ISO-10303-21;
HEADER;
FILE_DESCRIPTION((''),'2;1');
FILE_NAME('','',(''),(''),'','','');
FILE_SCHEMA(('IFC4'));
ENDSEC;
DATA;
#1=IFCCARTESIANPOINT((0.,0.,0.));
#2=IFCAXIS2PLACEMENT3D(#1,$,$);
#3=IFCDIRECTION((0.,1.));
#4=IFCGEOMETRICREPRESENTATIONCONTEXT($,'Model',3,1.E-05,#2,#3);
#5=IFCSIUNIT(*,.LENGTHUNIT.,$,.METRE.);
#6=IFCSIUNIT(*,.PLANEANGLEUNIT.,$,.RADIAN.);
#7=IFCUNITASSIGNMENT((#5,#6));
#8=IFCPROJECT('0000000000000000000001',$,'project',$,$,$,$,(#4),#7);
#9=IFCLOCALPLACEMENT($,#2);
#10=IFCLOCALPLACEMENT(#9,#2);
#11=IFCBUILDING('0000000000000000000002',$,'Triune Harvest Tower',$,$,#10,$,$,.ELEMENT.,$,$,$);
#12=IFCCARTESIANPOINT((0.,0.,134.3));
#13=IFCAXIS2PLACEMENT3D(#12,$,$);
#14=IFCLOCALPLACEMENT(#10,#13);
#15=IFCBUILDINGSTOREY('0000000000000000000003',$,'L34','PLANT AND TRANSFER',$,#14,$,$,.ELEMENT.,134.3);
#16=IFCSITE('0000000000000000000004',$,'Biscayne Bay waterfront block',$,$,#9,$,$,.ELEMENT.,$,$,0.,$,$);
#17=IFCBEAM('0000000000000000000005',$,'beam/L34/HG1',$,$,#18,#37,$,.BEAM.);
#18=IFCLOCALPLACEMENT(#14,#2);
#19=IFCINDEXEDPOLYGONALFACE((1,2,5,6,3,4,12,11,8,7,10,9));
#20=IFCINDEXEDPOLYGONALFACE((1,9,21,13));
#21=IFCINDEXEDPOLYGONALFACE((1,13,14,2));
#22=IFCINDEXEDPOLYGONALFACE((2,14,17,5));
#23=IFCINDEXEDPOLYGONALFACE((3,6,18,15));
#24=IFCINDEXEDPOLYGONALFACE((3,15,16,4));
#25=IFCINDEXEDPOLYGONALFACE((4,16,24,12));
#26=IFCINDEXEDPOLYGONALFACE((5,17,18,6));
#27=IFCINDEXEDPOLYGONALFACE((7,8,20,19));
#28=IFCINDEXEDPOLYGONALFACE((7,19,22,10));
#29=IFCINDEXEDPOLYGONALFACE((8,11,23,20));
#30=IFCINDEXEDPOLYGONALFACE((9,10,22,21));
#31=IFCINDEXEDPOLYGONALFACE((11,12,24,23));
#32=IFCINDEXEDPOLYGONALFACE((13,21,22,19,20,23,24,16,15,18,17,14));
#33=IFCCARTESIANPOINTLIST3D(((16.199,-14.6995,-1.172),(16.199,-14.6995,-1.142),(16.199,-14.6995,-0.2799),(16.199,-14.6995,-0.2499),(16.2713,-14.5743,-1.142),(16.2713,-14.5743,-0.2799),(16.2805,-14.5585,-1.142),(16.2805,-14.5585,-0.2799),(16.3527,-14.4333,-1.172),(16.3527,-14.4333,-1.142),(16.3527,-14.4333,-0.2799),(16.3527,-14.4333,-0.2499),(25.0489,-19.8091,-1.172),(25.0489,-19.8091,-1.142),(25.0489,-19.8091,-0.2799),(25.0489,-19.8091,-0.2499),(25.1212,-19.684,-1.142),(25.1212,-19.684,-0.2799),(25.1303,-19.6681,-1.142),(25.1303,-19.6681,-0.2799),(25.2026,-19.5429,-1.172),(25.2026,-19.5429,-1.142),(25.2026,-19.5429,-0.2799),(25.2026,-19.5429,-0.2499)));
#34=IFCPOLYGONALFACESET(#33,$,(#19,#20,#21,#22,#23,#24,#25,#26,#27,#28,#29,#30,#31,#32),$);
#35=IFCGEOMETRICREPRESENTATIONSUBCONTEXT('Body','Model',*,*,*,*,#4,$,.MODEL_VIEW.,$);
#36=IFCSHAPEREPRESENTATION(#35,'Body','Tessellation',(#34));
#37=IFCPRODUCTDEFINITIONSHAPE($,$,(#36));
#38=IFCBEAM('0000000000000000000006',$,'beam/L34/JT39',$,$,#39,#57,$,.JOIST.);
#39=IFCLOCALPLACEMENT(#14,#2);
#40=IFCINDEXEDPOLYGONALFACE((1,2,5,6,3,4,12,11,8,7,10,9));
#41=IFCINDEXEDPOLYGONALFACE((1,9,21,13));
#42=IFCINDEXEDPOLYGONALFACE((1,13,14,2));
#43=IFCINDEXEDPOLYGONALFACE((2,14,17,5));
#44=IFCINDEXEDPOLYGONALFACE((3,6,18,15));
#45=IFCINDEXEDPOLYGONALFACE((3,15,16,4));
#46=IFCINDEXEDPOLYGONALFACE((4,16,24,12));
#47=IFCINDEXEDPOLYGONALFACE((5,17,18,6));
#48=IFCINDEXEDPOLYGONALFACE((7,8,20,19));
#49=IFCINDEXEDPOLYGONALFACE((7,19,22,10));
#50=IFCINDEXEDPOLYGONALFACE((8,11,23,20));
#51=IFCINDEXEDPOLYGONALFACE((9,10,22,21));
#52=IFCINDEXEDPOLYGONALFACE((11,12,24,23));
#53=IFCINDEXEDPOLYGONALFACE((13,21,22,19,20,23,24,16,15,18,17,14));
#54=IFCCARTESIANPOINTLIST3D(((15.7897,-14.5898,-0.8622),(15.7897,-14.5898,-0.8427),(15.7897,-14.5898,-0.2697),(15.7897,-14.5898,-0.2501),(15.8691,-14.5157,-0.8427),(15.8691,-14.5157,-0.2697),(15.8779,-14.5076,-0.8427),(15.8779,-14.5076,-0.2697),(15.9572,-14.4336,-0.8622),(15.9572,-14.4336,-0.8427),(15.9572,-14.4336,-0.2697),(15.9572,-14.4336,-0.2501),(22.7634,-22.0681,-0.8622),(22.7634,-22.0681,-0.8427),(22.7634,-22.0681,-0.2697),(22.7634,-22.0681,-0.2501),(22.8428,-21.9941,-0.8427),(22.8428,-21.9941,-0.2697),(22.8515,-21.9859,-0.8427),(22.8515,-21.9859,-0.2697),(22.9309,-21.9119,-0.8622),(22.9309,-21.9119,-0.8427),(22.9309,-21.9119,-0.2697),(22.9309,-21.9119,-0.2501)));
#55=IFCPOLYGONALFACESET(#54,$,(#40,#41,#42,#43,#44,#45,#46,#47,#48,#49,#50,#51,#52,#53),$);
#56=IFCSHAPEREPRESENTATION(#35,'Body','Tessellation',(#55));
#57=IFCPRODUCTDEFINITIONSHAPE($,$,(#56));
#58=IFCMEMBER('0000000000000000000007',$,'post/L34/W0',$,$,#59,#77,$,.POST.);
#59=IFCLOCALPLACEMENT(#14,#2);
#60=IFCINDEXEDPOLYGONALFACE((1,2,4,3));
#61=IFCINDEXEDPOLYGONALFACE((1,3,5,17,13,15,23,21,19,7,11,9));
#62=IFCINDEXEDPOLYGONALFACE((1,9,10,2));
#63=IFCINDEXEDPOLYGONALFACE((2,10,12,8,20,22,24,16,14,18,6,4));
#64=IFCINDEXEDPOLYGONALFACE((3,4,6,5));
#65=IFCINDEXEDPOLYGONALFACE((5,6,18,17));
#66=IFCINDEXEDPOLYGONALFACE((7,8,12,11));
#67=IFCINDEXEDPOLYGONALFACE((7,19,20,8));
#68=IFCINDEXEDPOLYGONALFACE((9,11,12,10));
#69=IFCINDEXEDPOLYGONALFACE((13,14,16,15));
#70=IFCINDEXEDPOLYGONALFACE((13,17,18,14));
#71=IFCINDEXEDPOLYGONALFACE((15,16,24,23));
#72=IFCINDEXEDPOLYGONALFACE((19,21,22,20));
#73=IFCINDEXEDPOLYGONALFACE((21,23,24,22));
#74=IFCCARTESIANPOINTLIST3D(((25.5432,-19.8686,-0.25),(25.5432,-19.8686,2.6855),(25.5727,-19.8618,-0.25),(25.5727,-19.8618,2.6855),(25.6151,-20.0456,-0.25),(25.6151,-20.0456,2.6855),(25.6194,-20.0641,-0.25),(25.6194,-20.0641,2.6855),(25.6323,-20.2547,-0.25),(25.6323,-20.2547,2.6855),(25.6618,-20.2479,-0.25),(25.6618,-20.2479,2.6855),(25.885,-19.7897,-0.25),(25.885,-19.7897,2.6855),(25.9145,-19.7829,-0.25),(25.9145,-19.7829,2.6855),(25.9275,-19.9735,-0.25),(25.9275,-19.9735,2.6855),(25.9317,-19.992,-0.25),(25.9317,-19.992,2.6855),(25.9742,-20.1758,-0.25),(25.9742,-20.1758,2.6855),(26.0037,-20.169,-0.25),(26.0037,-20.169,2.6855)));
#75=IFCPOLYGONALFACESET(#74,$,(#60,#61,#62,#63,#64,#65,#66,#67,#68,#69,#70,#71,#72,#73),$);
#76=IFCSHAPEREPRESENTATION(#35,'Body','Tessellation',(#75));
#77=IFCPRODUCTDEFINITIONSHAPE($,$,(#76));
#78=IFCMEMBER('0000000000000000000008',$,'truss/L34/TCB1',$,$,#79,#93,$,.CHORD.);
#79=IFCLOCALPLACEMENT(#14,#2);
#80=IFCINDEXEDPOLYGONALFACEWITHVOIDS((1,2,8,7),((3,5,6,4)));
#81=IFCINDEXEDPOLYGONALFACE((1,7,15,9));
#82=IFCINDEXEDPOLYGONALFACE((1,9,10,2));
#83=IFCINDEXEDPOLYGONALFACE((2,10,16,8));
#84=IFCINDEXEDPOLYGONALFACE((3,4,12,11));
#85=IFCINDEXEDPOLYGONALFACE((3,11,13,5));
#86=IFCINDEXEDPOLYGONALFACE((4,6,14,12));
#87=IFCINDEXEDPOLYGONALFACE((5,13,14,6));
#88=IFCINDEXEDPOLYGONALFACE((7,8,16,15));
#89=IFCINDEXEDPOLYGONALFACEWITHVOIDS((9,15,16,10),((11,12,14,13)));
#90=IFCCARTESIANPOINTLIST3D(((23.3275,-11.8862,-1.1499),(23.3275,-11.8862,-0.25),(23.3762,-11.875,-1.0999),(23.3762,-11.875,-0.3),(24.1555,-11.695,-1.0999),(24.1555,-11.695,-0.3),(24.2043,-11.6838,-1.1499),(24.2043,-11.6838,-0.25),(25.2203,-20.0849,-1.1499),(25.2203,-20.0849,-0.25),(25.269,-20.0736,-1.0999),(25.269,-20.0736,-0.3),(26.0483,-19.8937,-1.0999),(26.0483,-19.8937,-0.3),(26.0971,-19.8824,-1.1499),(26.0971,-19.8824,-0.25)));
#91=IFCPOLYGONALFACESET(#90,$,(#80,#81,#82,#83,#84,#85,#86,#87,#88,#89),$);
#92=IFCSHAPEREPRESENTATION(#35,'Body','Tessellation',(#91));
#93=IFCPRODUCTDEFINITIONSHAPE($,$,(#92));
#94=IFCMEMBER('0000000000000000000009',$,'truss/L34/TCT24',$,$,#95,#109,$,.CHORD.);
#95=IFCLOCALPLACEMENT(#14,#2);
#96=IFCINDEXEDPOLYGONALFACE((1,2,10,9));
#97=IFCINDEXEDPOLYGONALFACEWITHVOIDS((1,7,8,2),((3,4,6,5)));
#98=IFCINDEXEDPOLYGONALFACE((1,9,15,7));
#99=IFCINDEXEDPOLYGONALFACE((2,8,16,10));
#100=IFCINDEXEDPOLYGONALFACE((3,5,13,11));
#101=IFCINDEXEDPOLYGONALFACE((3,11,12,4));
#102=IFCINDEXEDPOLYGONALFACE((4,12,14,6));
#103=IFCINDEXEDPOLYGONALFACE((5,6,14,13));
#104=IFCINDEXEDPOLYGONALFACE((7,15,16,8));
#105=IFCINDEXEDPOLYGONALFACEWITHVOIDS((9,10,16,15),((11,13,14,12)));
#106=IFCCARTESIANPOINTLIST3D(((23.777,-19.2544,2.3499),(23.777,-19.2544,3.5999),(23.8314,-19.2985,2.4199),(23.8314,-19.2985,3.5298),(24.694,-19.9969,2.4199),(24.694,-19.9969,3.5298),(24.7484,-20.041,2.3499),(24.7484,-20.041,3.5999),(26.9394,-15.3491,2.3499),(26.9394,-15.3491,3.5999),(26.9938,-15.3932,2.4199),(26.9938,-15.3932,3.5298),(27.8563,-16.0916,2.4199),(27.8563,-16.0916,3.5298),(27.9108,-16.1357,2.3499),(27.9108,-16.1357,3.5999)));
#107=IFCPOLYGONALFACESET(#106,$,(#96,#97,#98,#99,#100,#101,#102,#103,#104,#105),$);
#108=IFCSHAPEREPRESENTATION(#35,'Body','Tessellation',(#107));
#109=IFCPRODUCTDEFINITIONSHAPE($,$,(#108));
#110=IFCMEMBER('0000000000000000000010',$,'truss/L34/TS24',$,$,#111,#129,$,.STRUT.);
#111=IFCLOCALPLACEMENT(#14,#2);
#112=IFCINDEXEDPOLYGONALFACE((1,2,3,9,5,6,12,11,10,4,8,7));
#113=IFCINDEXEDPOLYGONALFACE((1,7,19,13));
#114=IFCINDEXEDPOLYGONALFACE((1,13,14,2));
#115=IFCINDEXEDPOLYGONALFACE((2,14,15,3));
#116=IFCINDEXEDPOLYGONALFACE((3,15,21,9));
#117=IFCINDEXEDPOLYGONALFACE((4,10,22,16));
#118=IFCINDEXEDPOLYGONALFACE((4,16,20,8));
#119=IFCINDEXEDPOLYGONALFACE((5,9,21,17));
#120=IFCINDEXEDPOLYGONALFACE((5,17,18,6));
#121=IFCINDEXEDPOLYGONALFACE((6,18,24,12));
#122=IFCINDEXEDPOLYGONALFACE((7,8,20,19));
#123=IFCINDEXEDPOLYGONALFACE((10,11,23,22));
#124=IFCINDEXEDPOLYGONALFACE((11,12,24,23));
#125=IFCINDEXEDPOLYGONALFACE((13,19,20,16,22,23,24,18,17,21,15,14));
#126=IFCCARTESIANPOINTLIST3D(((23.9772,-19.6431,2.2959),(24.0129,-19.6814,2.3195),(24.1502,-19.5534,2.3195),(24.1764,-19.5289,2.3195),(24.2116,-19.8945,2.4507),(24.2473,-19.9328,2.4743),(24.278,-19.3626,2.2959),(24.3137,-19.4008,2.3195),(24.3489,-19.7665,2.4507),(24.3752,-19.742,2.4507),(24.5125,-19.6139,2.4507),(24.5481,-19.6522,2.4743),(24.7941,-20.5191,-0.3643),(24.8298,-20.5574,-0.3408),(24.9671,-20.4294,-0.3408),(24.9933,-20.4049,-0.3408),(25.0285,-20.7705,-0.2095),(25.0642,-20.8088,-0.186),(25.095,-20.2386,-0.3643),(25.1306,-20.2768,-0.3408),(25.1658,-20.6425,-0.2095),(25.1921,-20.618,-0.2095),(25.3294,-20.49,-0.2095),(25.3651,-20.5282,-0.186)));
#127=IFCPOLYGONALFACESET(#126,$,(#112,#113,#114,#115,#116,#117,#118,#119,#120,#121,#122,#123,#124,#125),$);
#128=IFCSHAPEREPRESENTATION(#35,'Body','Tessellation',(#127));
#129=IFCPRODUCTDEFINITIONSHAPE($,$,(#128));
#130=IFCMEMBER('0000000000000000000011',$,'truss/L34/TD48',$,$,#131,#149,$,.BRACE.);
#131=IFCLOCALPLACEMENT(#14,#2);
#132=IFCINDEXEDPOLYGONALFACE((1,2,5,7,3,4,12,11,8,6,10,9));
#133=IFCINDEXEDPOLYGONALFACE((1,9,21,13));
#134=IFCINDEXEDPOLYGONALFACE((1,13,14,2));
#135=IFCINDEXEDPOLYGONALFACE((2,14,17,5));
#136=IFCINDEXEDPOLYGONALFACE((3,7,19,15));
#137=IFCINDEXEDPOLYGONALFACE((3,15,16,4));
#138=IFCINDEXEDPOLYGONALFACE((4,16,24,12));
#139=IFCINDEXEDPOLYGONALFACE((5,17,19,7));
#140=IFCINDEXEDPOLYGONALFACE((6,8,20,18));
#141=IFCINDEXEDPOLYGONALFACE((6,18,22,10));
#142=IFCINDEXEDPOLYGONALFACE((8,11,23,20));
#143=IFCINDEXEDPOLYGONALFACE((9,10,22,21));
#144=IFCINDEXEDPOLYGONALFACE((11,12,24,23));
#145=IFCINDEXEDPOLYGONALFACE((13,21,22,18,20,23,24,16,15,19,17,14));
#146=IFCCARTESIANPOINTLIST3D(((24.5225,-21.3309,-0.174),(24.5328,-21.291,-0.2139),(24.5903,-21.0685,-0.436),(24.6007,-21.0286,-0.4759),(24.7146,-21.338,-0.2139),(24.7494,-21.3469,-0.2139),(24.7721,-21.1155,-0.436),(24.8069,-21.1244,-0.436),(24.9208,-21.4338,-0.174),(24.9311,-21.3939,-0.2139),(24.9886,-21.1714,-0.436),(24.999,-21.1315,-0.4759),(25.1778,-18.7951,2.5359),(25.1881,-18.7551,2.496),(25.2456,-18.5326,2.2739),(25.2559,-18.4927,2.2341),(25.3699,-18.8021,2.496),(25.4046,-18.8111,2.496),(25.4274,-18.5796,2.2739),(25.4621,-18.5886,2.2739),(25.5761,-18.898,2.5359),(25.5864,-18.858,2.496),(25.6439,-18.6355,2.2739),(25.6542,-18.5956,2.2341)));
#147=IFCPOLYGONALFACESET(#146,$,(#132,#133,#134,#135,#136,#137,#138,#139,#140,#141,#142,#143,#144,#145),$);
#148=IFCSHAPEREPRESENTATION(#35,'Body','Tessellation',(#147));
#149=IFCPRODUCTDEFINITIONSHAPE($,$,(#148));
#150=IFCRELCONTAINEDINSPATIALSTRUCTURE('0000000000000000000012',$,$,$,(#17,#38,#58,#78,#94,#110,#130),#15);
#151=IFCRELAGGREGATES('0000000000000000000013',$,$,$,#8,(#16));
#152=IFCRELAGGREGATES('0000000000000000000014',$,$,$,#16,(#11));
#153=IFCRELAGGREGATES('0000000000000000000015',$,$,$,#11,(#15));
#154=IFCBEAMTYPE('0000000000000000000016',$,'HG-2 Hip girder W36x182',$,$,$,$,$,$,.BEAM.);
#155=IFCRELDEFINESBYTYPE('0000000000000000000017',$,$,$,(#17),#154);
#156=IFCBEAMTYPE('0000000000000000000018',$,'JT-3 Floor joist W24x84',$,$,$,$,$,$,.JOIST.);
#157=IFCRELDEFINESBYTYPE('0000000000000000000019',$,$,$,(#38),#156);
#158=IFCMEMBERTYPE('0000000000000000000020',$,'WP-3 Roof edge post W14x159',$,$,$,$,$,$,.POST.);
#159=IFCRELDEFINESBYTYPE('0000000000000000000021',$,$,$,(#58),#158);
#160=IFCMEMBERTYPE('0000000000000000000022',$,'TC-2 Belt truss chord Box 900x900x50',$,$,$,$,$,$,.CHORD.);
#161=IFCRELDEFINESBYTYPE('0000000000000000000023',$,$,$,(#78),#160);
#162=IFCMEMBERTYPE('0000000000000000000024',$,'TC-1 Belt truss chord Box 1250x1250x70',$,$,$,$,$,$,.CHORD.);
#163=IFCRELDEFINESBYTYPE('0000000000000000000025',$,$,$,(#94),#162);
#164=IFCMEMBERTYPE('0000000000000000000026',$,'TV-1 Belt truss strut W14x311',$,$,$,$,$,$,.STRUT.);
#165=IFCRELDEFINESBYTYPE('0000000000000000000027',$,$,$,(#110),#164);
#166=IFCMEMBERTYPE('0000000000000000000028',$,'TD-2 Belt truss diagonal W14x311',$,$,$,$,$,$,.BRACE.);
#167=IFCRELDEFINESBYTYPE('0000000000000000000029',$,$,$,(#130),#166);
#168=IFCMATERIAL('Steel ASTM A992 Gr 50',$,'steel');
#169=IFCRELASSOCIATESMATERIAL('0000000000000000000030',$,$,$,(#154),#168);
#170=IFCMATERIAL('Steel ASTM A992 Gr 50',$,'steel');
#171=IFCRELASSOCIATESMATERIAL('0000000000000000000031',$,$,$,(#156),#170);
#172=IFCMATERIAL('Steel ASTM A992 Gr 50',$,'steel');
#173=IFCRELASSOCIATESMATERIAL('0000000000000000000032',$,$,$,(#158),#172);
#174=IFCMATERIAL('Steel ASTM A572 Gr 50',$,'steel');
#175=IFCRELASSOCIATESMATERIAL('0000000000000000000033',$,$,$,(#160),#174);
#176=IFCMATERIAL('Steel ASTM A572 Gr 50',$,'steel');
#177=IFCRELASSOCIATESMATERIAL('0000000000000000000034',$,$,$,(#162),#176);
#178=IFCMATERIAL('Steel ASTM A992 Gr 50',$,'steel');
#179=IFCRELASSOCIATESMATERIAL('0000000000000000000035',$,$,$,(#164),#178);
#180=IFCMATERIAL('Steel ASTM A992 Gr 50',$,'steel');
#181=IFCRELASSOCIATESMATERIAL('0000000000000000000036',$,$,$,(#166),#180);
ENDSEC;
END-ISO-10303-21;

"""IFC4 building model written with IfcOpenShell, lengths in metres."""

from ifc_helpers import new_model, si_unit, direction, frame, origin, origin_2d, place, context, subcontext, project, spatial, hollow_rectangle, i_section, extrude, source, transform, mapped, material, material_profile, profile_set, type_object, element, save


model = new_model("IFC4")

# Units and contexts
model_context = context("Model", 3, precision=1e-05, world=origin(), true_north=direction((0.0, 1.0)))
body_context = subcontext(model_context, "Body", "Model", "MODEL_VIEW")
ifc_project = project(units=[si_unit("LENGTHUNIT", "METRE"), si_unit("PLANEANGLEUNIT", "RADIAN")], contexts=[model_context])

# Site, building, storey
site_placement = place(None, origin())
site = spatial("IfcSite", under=ifc_project, at=site_placement, Name="Biscayne Bay waterfront block", CompositionType="ELEMENT", RefElevation=0.0)
building_placement = place(site_placement, origin())
building = spatial("IfcBuilding", under=site, at=building_placement, Name="Triune Harvest Tower", CompositionType="ELEMENT")
storey_placement = place(building_placement, frame((0.0, 0.0, 134.3)))
storey = spatial("IfcBuildingStorey", under=building, at=storey_placement, Name="L34", Description="PLANT AND TRANSFER", CompositionType="ELEMENT", Elevation=134.3)

# Beams
ifc_material_1 = material(Name="Steel ASTM A992 Gr 50", Category="steel")
ifc_material_profile_1 = material_profile(ifc_material_1, i_section(OverallWidth=0.3074, OverallDepth=0.9221, WebThickness=0.0183, FlangeThickness=0.03, at=origin_2d()), Name="W36x182")
ifc_profile_set_1 = profile_set([ifc_material_profile_1], Name="Steel ASTM A992 Gr 50")
beam_type_1 = type_object("IfcBeamType", Name="HG-2 Hip girder W36x182", PredefinedType="BEAM", material=ifc_profile_set_1)
beam_1_placement = place(storey_placement, frame((25.1257, -19.676, -0.7109), z_axis=(-0.866019, 0.500011, 0.0), x_axis=(-0.500011, -0.866019, 0.0)))
element("IfcBeam", 1, at=beam_1_placement, inside=storey, type_object=beam_type_1, Name="beam/L34/HG1", PredefinedType="BEAM", context=body_context, shape_type="SweptSolid", body=[
    extrude(i_section(OverallWidth=0.3074, OverallDepth=0.9221, WebThickness=0.0183, FlangeThickness=0.03, at=origin_2d()), origin(), (0.0, 0.0, 1.0), 10.219),
])
ifc_material_2 = material(Name="Steel ASTM A992 Gr 50", Category="steel")
ifc_material_profile_2 = material_profile(ifc_material_2, i_section(OverallWidth=0.229, OverallDepth=0.6121, WebThickness=0.012, FlangeThickness=0.0195, at=origin_2d()), Name="W24x84")
ifc_profile_set_2 = profile_set([ifc_material_profile_2], Name="Steel ASTM A992 Gr 50")
beam_type_2 = type_object("IfcBeamType", Name="JT-3 Floor joist W24x84", PredefinedType="JOIST", material=ifc_profile_set_2)
shared_shape_1 = source(origin(), body_context, "Body", "SweptSolid", [
    extrude(i_section(OverallWidth=0.229, OverallDepth=0.6121, WebThickness=0.012, FlangeThickness=0.0195, at=origin_2d()), origin(), (0.0, 0.0, 1.0), 10.2253),
])
beam_2_placement = place(storey_placement, frame((22.8472, -21.99, -0.5562), z_axis=(-0.682, 0.731352, 0.0), x_axis=(-0.731352, -0.682, 0.0)))
element("IfcBeam", 2, at=beam_2_placement, inside=storey, type_object=beam_type_2, Name="beam/L34/JT39", PredefinedType="JOIST", context=body_context, shape_type="MappedRepresentation", body=[
    mapped(shared_shape_1, transform((0.0, 0.0, 0.0), scale=1.0)),
])

# Members
ifc_material_3 = material(Name="Steel ASTM A992 Gr 50", Category="steel")
ifc_material_profile_3 = material_profile(ifc_material_3, i_section(OverallWidth=0.3962, OverallDepth=0.3811, WebThickness=0.019, FlangeThickness=0.0303, at=origin_2d()), Name="W14x159")
ifc_profile_set_3 = profile_set([ifc_material_profile_3], Name="Steel ASTM A992 Gr 50")
member_type_1 = type_object("IfcMemberType", Name="WP-3 Roof edge post W14x159", PredefinedType="POST", material=ifc_profile_set_3)
shared_shape_2 = source(origin(), body_context, "Body", "SweptSolid", [
    extrude(i_section(OverallWidth=0.3962, OverallDepth=0.3811, WebThickness=0.019, FlangeThickness=0.0303, at=origin_2d()), origin(), (0.0, 0.0, 1.0), 2.9355),
])
member_1_placement = place(storey_placement, frame((25.7734, -20.0188, -0.25), z_axis=(0.0, 0.0, 1.0), x_axis=(-0.224953, 0.97437, 0.0)))
element("IfcMember", 3, at=member_1_placement, inside=storey, type_object=member_type_1, Name="post/L34/W0", PredefinedType="POST", context=body_context, shape_type="MappedRepresentation", body=[
    mapped(shared_shape_2, transform((0.0, 0.0, 0.0), scale=1.0)),
])
ifc_material_4 = material(Name="Steel ASTM A572 Gr 50", Category="steel")
ifc_material_profile_4 = material_profile(ifc_material_4, hollow_rectangle(XDim=0.8999, YDim=0.8999, WallThickness=0.05, at=origin_2d()), Name="Box 900x900x50")
ifc_profile_set_4 = profile_set([ifc_material_profile_4], Name="Steel ASTM A572 Gr 50")
member_type_2 = type_object("IfcMemberType", Name="TC-2 Belt truss chord Box 900x900x50", PredefinedType="CHORD", material=ifc_profile_set_4)
shared_shape_3 = source(origin(), body_context, "Body", "SweptSolid", [
    extrude(hollow_rectangle(XDim=0.8999, YDim=0.8999, WallThickness=0.05, at=origin_2d()), origin(), (0.0, 0.0, 1.0), 8.4143),
])
member_2_placement = place(storey_placement, frame((25.6587, -19.9836, -0.7), z_axis=(-0.224951, 0.97437, 0.0), x_axis=(-0.97437, -0.224951, 0.0)))
element("IfcMember", 4, at=member_2_placement, inside=storey, type_object=member_type_2, Name="truss/L34/TCB1", PredefinedType="CHORD", context=body_context, shape_type="MappedRepresentation", body=[
    mapped(shared_shape_3, transform((0.0, 0.0, 0.0), scale=1.0)),
])
ifc_material_5 = material(Name="Steel ASTM A572 Gr 50", Category="steel")
ifc_material_profile_5 = material_profile(ifc_material_5, hollow_rectangle(XDim=1.25, YDim=1.25, WallThickness=0.0701, at=origin_2d()), Name="Box 1250x1250x70")
ifc_profile_set_5 = profile_set([ifc_material_profile_5], Name="Steel ASTM A572 Gr 50")
member_type_3 = type_object("IfcMemberType", Name="TC-1 Belt truss chord Box 1250x1250x70", PredefinedType="CHORD", material=ifc_profile_set_5)
shared_shape_4 = source(origin(), body_context, "Body", "SweptSolid", [
    extrude(hollow_rectangle(XDim=1.25, YDim=1.25, WallThickness=0.0701, at=origin_2d()), origin(), (0.0, 0.0, 1.0), 5.0251),
])
member_3_placement = place(storey_placement, frame((24.2627, -19.6477, 2.9749), z_axis=(0.629311, 0.777153, 0.0), x_axis=(-0.777153, 0.629311, 0.0)))
element("IfcMember", 5, at=member_3_placement, inside=storey, type_object=member_type_3, Name="truss/L34/TCT24", PredefinedType="CHORD", context=body_context, shape_type="MappedRepresentation", body=[
    mapped(shared_shape_4, transform((0.0, 0.0, 0.0), scale=1.0)),
])
ifc_material_6 = material(Name="Steel ASTM A992 Gr 50", Category="steel")
ifc_material_profile_6 = material_profile(ifc_material_6, i_section(OverallWidth=0.4114, OverallDepth=0.4343, WebThickness=0.0359, FlangeThickness=0.0574, at=origin_2d()), Name="W14x311")
ifc_profile_set_6 = profile_set([ifc_material_profile_6], Name="Steel ASTM A992 Gr 50")
member_type_4 = type_object("IfcMemberType", Name="TV-1 Belt truss strut W14x311", PredefinedType="STRUT", material=ifc_profile_set_6)
shared_shape_5 = source(origin(), body_context, "Body", "SweptSolid", [
    extrude(i_section(OverallWidth=0.4114, OverallDepth=0.4343, WebThickness=0.0359, FlangeThickness=0.0574, at=origin_2d()), origin(), (0.0, 0.0, 1.0), 2.9175),
])
member_4_placement = place(storey_placement, frame((25.0796, -20.5237, -0.2751), z_axis=(-0.28001, 0.300262, 0.911832), x_axis=(-0.73134, -0.682013, 0.0)))
element("IfcMember", 6, at=member_4_placement, inside=storey, type_object=member_type_4, Name="truss/L34/TS24", PredefinedType="STRUT", context=body_context, shape_type="MappedRepresentation", body=[
    mapped(shared_shape_5, transform((0.0, 0.0, 0.0), scale=1.0)),
])
ifc_material_7 = material(Name="Steel ASTM A992 Gr 50", Category="steel")
ifc_material_profile_7 = material_profile(ifc_material_7, i_section(OverallWidth=0.4114, OverallDepth=0.4343, WebThickness=0.0359, FlangeThickness=0.0574, at=origin_2d()), Name="W14x311")
ifc_profile_set_7 = profile_set([ifc_material_profile_7], Name="Steel ASTM A992 Gr 50")
member_type_5 = type_object("IfcMemberType", Name="TD-2 Belt truss diagonal W14x311", PredefinedType="BRACE", material=ifc_profile_set_7)
shared_shape_6 = source(origin(), body_context, "Body", "SweptSolid", [
    extrude(i_section(OverallWidth=0.4114, OverallDepth=0.4343, WebThickness=0.0359, FlangeThickness=0.0574, at=origin_2d()), origin(), (0.0, 0.0, 1.0), 3.7688),
])
member_5_placement = place(storey_placement, frame((24.7607, -21.2312, -0.325), z_axis=(0.173867, 0.67286, 0.719048), x_axis=(-0.968199, 0.250182, 0.0)))
element("IfcMember", 7, at=member_5_placement, inside=storey, type_object=member_type_5, Name="truss/L34/TD48", PredefinedType="BRACE", context=body_context, shape_type="MappedRepresentation", body=[
    mapped(shared_shape_6, transform((0.0, 0.0, 0.0), scale=1.0)),
])

save(model, "model.ifc")
